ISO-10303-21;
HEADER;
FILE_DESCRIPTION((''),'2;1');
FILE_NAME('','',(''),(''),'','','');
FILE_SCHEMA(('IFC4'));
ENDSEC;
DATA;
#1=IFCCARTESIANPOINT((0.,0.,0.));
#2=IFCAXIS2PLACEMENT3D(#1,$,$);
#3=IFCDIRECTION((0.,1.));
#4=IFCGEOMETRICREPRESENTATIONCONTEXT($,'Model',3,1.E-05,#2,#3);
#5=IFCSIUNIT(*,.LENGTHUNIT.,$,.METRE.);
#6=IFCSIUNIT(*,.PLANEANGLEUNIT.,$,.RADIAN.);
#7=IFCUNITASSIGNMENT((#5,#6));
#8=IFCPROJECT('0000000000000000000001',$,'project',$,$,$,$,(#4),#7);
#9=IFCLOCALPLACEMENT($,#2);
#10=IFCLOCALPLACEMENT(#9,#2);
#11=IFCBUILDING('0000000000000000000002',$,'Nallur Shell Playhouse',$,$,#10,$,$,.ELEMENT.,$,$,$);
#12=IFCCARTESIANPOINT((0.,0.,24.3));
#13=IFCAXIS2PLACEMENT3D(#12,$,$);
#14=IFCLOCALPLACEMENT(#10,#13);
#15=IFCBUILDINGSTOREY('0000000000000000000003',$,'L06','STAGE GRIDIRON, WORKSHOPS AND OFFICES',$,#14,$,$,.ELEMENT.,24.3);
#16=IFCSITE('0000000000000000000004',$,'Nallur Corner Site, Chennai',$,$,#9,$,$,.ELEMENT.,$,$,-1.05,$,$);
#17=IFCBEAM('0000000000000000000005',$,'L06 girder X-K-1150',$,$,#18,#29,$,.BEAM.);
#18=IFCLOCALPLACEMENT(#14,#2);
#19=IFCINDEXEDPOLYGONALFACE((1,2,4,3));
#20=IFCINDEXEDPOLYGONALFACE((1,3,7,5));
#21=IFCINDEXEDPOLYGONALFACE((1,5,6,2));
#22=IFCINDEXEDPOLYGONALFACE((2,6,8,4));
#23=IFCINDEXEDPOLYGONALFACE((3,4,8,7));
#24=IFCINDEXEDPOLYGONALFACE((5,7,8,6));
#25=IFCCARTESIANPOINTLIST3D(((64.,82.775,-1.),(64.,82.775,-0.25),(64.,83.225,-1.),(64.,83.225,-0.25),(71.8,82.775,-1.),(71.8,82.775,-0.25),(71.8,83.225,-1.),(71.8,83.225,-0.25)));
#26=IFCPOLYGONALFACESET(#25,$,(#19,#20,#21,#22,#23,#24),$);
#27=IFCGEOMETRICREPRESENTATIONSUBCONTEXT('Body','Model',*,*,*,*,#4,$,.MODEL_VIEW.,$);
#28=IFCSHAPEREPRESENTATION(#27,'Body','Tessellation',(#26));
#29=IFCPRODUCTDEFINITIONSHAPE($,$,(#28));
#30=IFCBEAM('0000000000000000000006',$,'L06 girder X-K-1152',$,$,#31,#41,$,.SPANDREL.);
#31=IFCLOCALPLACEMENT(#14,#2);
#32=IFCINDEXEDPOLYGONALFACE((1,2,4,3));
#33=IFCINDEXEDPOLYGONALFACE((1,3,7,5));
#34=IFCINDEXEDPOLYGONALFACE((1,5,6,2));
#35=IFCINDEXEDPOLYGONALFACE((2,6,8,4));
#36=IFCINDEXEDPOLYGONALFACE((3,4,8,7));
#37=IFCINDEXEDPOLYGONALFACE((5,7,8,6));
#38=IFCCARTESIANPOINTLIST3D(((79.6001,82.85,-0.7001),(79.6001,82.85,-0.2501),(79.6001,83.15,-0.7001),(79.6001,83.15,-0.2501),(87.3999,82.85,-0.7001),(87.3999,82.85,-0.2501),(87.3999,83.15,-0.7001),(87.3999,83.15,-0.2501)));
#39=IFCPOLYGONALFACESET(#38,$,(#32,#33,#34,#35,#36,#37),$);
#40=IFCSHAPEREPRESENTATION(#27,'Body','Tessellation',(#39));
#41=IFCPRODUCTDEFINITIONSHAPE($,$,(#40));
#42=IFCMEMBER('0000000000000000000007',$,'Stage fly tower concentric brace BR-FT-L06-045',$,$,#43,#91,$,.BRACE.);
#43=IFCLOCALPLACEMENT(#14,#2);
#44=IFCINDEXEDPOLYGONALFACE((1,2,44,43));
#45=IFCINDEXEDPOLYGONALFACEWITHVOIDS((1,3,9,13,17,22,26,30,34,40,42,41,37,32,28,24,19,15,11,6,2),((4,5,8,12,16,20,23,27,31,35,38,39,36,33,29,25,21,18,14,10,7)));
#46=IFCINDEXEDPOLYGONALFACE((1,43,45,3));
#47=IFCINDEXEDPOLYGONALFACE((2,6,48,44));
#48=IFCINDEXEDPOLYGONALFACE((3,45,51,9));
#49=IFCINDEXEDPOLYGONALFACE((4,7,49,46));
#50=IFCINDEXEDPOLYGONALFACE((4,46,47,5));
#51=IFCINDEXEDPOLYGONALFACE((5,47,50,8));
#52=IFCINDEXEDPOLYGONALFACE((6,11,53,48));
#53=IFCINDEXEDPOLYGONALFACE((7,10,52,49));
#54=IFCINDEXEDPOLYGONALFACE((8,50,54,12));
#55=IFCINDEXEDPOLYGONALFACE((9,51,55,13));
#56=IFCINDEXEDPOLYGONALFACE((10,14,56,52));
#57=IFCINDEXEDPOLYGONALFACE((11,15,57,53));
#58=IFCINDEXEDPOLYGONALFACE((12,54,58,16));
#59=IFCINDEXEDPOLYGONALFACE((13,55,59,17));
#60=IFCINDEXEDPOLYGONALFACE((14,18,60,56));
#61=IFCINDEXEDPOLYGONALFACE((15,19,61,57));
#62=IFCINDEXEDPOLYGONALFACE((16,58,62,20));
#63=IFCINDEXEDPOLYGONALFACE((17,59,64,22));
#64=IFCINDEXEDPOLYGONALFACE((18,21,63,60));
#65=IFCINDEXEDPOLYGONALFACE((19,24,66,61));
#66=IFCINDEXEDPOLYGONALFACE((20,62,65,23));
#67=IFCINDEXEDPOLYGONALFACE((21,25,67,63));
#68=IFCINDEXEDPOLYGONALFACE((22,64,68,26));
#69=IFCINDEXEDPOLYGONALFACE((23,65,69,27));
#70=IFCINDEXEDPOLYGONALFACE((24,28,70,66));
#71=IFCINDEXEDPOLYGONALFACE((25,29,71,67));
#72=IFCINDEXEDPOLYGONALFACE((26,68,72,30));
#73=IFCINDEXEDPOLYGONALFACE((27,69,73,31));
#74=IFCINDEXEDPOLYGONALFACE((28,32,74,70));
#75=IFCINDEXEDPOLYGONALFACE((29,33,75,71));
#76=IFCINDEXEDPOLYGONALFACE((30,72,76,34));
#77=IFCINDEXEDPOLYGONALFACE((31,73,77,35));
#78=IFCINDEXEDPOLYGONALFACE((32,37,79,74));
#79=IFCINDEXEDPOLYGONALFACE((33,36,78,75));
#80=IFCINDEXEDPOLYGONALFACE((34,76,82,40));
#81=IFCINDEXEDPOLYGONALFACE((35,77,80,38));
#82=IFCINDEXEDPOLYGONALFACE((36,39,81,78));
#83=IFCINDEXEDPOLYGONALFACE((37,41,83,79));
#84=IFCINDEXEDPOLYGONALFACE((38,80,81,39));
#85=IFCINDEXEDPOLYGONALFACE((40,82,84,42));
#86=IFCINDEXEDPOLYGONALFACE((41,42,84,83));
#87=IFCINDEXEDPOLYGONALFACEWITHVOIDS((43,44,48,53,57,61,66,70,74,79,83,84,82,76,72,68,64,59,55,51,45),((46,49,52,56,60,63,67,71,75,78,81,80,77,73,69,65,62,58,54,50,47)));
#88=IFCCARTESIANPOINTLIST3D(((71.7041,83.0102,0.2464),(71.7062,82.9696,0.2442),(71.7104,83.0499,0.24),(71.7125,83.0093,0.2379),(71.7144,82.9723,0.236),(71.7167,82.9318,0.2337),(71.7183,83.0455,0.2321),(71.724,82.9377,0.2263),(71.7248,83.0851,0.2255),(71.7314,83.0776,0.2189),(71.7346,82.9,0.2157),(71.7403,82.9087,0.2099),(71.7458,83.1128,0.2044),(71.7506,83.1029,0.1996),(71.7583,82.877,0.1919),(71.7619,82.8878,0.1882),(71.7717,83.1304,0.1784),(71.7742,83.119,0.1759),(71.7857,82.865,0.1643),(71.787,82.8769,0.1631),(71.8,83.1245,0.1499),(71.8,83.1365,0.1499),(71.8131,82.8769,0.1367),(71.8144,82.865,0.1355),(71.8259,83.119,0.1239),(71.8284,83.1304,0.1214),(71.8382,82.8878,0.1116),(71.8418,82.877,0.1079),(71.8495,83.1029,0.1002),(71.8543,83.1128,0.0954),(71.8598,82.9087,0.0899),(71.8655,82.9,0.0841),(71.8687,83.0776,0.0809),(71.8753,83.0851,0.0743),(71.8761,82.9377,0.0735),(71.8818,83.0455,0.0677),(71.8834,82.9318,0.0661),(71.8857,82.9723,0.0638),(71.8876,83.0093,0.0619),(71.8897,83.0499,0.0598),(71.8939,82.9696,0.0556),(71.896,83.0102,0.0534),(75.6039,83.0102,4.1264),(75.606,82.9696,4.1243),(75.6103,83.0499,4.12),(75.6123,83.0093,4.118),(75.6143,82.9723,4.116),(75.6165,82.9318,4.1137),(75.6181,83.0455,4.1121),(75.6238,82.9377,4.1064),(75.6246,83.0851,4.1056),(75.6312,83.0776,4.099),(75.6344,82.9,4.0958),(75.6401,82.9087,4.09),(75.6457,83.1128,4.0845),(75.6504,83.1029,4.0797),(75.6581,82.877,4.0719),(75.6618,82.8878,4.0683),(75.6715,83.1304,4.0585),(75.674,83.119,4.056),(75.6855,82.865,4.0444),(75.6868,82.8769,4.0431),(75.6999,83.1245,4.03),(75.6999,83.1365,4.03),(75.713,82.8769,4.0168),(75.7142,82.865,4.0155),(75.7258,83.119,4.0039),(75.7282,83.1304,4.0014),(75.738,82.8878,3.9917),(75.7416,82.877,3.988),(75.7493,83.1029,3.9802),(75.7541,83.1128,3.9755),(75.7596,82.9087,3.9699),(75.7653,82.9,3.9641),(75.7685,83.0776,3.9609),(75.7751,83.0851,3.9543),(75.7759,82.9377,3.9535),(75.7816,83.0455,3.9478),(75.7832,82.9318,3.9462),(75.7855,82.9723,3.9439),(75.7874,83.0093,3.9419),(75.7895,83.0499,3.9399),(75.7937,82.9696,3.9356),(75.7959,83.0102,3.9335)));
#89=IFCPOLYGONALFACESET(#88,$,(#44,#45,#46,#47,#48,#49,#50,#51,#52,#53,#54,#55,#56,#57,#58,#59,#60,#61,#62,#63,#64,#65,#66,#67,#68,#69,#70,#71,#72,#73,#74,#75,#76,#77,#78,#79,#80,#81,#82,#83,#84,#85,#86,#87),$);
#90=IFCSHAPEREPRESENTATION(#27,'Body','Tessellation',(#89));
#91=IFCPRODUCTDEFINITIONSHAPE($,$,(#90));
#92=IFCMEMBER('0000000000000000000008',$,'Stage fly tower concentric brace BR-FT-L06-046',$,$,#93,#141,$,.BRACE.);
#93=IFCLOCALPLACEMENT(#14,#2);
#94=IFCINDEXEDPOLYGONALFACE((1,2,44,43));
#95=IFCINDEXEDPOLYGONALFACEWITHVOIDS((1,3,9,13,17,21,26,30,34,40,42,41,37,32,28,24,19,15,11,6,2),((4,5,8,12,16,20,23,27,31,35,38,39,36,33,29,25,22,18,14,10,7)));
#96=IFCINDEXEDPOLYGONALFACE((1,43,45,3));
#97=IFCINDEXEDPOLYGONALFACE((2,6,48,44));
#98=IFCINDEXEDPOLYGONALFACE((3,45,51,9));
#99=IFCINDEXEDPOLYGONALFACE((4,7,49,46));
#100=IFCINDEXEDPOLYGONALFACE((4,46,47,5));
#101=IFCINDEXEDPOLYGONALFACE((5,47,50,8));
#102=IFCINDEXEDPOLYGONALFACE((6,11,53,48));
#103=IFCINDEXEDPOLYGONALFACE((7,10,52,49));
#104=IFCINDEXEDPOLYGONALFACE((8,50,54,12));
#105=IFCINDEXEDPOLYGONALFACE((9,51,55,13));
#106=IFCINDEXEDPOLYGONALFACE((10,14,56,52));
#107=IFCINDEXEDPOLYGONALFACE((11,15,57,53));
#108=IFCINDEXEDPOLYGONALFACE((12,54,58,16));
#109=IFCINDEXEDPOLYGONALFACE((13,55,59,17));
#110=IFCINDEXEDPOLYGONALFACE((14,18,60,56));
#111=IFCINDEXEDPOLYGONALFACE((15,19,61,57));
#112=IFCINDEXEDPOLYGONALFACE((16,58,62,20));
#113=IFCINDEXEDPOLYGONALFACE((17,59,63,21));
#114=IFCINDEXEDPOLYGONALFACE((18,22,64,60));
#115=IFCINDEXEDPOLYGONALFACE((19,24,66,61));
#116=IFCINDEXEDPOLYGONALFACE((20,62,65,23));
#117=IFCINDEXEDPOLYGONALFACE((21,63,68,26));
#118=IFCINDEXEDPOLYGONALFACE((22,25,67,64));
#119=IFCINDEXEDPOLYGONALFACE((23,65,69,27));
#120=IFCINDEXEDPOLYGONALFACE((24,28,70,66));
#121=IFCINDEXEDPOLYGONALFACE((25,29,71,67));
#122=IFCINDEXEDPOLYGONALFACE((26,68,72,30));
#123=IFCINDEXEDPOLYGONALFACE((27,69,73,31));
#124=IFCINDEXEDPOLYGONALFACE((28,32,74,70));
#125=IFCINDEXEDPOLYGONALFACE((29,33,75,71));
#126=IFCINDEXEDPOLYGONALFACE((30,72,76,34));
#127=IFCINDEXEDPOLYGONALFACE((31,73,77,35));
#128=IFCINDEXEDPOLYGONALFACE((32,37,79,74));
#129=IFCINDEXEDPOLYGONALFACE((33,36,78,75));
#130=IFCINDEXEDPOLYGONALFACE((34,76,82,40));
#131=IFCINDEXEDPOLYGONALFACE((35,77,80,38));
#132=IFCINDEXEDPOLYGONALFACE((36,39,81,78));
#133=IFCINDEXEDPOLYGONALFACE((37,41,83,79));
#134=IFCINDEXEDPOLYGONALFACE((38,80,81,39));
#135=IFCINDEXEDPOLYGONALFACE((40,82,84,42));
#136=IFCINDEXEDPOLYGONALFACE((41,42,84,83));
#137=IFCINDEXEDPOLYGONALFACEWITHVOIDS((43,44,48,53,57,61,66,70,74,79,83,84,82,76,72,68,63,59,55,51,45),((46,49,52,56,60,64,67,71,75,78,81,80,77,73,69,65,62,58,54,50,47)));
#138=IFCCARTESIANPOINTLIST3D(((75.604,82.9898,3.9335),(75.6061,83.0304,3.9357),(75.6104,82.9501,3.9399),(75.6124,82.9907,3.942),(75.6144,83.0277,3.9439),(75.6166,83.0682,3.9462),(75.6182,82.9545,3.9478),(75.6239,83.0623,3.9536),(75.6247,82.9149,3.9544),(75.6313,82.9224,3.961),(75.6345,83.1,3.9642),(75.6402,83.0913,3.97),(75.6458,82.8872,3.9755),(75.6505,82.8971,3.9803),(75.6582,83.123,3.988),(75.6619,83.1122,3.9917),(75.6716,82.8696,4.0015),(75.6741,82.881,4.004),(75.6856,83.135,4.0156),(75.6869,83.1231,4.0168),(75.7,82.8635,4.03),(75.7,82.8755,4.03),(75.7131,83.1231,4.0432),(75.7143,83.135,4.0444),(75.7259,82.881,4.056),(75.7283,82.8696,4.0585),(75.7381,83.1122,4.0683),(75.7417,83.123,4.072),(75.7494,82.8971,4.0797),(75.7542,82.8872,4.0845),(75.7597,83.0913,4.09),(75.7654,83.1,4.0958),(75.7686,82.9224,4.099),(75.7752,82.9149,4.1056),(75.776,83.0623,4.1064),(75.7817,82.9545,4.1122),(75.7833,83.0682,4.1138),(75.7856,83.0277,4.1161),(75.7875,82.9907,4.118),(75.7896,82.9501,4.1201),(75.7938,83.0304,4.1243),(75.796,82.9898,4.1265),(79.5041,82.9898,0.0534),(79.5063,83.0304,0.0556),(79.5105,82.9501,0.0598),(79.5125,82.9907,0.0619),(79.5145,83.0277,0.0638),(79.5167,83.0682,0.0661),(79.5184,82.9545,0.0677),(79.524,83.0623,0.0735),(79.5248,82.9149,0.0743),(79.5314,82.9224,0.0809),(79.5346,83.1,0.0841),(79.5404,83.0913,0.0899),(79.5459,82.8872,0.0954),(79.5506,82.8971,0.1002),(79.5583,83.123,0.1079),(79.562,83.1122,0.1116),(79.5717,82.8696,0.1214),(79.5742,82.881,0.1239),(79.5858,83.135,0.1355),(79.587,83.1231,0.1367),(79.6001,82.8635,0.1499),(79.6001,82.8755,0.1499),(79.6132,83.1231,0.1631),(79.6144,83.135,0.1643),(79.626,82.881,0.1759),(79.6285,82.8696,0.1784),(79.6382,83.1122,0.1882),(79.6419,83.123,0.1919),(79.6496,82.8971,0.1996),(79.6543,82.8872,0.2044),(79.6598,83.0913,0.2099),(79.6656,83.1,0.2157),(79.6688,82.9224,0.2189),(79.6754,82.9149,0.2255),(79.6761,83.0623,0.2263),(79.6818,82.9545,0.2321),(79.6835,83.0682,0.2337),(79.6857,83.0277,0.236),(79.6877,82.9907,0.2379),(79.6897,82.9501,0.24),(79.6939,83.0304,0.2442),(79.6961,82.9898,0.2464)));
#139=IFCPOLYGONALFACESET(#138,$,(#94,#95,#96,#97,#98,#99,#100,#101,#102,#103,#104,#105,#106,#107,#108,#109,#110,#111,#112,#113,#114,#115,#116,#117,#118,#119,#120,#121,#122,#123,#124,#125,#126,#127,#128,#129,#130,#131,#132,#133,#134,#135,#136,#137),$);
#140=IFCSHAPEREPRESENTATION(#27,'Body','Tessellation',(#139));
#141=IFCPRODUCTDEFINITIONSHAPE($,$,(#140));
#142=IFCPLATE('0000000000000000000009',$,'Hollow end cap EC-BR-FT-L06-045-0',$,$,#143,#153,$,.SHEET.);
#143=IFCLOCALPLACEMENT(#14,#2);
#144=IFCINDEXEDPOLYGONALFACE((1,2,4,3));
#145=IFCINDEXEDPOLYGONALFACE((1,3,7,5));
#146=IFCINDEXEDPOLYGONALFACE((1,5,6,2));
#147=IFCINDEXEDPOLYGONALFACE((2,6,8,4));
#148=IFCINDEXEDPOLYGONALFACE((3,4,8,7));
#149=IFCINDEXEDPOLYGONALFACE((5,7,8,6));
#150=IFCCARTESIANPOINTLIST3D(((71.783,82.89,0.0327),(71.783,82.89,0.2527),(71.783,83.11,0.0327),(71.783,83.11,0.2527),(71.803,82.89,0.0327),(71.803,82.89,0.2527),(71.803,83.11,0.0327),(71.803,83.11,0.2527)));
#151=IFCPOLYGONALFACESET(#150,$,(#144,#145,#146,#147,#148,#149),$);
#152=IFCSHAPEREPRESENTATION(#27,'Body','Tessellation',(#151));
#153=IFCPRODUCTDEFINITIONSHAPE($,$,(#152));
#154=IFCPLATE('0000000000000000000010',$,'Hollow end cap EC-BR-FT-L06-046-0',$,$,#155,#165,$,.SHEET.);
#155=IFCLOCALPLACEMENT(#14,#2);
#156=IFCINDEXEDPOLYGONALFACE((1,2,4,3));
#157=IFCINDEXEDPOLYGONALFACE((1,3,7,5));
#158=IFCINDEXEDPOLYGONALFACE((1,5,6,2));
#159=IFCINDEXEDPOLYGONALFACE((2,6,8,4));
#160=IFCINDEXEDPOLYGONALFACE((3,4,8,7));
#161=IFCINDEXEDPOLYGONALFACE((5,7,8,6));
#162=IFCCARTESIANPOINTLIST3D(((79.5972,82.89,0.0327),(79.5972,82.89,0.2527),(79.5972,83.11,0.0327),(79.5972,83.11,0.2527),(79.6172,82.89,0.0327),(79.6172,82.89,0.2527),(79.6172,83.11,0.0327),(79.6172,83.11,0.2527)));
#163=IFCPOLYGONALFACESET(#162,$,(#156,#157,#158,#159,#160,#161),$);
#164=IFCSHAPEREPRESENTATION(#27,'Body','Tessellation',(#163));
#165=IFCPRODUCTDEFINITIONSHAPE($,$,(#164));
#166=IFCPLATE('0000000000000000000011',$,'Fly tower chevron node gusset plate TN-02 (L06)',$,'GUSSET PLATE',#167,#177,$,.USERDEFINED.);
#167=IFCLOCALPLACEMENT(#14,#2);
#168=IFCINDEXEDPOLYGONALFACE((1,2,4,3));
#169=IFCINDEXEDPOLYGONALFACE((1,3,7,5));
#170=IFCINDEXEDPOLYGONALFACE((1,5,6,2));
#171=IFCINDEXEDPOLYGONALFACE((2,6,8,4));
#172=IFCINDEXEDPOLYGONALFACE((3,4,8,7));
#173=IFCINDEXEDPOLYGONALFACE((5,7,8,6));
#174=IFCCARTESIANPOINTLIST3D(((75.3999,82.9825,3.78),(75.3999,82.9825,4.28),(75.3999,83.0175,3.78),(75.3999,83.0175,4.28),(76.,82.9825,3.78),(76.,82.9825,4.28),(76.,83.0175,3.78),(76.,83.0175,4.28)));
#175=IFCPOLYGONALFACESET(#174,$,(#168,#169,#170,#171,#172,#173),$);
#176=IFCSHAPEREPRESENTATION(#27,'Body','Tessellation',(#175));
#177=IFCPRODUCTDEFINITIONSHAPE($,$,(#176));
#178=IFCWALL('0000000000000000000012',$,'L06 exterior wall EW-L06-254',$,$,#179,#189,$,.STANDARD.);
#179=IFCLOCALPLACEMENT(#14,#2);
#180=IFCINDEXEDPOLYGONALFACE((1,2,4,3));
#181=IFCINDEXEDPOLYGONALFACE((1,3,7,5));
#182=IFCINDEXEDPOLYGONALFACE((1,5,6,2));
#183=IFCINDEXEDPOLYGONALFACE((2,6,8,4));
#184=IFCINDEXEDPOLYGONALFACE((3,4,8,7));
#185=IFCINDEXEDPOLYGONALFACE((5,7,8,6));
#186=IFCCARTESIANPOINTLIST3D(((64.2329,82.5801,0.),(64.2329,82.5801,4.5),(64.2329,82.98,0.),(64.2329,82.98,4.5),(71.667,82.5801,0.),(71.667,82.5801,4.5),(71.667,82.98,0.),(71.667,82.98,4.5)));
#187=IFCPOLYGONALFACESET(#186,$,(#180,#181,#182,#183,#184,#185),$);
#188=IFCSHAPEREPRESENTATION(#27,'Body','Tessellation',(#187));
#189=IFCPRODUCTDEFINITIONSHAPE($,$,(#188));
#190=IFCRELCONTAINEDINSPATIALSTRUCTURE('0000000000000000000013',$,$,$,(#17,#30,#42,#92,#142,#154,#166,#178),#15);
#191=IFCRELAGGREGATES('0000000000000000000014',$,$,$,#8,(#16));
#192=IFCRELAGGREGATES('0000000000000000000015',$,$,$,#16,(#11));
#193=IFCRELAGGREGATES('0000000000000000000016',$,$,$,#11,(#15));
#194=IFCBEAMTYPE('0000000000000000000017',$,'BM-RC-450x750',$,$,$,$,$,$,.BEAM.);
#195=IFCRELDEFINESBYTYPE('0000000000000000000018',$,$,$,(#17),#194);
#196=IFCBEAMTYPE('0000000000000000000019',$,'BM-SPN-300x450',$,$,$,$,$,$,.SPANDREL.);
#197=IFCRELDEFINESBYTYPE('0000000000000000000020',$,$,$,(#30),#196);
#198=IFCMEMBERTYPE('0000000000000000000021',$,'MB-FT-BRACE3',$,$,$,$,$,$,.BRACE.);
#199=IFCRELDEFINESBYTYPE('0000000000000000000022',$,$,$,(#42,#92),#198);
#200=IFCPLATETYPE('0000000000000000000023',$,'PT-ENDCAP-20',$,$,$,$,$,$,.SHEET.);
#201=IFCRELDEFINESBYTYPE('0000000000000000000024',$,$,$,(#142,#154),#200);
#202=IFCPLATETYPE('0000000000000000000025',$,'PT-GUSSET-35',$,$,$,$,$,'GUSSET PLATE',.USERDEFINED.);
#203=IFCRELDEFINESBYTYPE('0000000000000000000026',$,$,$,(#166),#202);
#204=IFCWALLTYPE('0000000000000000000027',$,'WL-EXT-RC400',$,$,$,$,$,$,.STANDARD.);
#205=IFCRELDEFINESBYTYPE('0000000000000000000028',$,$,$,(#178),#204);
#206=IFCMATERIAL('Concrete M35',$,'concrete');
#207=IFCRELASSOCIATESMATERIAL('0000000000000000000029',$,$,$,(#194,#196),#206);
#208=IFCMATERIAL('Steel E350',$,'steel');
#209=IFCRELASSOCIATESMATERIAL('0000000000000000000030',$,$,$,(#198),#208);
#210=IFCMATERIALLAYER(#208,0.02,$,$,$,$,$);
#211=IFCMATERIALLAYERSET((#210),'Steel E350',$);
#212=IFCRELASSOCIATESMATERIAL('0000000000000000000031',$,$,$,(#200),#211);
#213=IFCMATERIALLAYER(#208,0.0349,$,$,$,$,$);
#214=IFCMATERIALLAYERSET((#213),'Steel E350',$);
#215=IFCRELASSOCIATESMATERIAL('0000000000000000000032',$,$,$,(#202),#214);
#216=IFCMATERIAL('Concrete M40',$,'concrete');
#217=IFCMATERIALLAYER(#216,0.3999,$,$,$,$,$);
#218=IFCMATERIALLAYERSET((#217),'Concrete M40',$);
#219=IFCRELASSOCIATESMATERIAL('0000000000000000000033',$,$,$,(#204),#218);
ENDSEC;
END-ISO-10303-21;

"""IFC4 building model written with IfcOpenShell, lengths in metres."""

from ifc_helpers import new_model, si_unit, direction, frame, frame_2d, origin, origin_2d, place, context, subcontext, project, spatial, rectangle, hollow_circle, extrude, material, layer, layer_set, material_profile, profile_set, type_object, element, save


model = new_model("IFC4")

# Units and contexts
model_context = context("Model", 3, precision=1e-05, world=origin(), true_north=direction((0.0, 1.0)))
body_context = subcontext(model_context, "Body", "Model", "MODEL_VIEW")
ifc_project = project(units=[si_unit("LENGTHUNIT", "METRE"), si_unit("PLANEANGLEUNIT", "RADIAN")], contexts=[model_context])

# Site, building, storey
site_placement = place(None, origin())
site = spatial("IfcSite", under=ifc_project, at=site_placement, Name="Nallur Corner Site, Chennai", CompositionType="ELEMENT", RefElevation=-1.05)
building_placement = place(site_placement, origin())
building = spatial("IfcBuilding", under=site, at=building_placement, Name="Nallur Shell Playhouse", CompositionType="ELEMENT")
storey_placement = place(building_placement, frame((0.0, 0.0, 24.3)))
storey = spatial("IfcBuildingStorey", under=building, at=storey_placement, Name="L06", Description="STAGE GRIDIRON, WORKSHOPS AND OFFICES", CompositionType="ELEMENT", Elevation=24.3)

# Shared definitions
ifc_material_1 = material(Name="Steel E350", Category="steel")

# Beams
ifc_material_2 = material(Name="Concrete M35", Category="concrete")
ifc_material_profile_1 = material_profile(ifc_material_2, rectangle(XDim=0.45, YDim=0.75, at=origin_2d()), Name="RC 450x750")
ifc_profile_set_1 = profile_set([ifc_material_profile_1], Name="Concrete M35")
beam_type_1 = type_object("IfcBeamType", Name="BM-RC-450x750", PredefinedType="BEAM", material=ifc_profile_set_1)
beam_1_placement = place(storey_placement, frame((64.0, 83.0, -0.625), z_axis=(1.0, 0.0, 0.0), x_axis=(0.0, 1.0, 0.0)))
element("IfcBeam", 1, at=beam_1_placement, inside=storey, type_object=beam_type_1, Name="L06 girder X-K-1150", PredefinedType="BEAM", context=body_context, shape_type="SweptSolid", body=[
    extrude(rectangle(XDim=0.45, YDim=0.75, at=origin_2d()), origin(), (0.0, 0.0, 1.0), 7.8),
])
ifc_material_profile_2 = material_profile(ifc_material_2, rectangle(XDim=0.3, YDim=0.45, at=origin_2d()), Name="RC 300x450")
ifc_profile_set_2 = profile_set([ifc_material_profile_2], Name="Concrete M35")
beam_type_2 = type_object("IfcBeamType", Name="BM-SPN-300x450", PredefinedType="SPANDREL", material=ifc_profile_set_2)
beam_2_placement = place(storey_placement, frame((79.6001, 83.0, -0.4751), z_axis=(1.0, 0.0, 0.0), x_axis=(0.0, 1.0, 0.0)))
element("IfcBeam", 2, at=beam_2_placement, inside=storey, type_object=beam_type_2, Name="L06 girder X-K-1152", PredefinedType="SPANDREL", context=body_context, shape_type="SweptSolid", body=[
    extrude(rectangle(XDim=0.3, YDim=0.45, at=origin_2d()), origin(), (0.0, 0.0, 1.0), 7.7998),
])

# Members
ifc_material_profile_3 = material_profile(ifc_material_1, hollow_circle(Radius=0.1365, WallThickness=0.012, at=origin_2d()), Name="CHS 273.0x12")
ifc_profile_set_3 = profile_set([ifc_material_profile_3], Name="Steel E350")
member_type = type_object("IfcMemberType", Name="MB-FT-BRACE3", PredefinedType="BRACE", material=ifc_profile_set_3)
member_1_placement = place(storey_placement, frame((71.8, 83.0, 0.1499), z_axis=(0.708902, 0.0, 0.705307), x_axis=(0.0, 1.0, 0.0)))
element("IfcMember", 3, at=member_1_placement, inside=storey, type_object=member_type, Name="Stage fly tower concentric brace BR-FT-L06-045", PredefinedType="BRACE", context=body_context, shape_type="SweptSolid", body=[
    extrude(hollow_circle(Radius=0.1365, WallThickness=0.012, at=origin_2d()), origin(), (0.0, 0.0, 1.0), 5.5012),
])
member_2_placement = place(storey_placement, frame((79.6001, 83.0, 0.1499), z_axis=(-0.708924, 0.0, 0.705285), x_axis=(0.0, -1.0, 0.0)))
element("IfcMember", 4, at=member_2_placement, inside=storey, type_object=member_type, Name="Stage fly tower concentric brace BR-FT-L06-046", PredefinedType="BRACE", context=body_context, shape_type="SweptSolid", body=[
    extrude(hollow_circle(Radius=0.1365, WallThickness=0.012, at=origin_2d()), origin(), (0.0, 0.0, 1.0), 5.5015),
])

# Plates
ifc_layer_1 = layer(ifc_material_1, 0.02)
ifc_layer_set_1 = layer_set([ifc_layer_1], Name="Steel E350")
plate_type_1 = type_object("IfcPlateType", Name="PT-ENDCAP-20", PredefinedType="SHEET", material=ifc_layer_set_1)
for number, where, z_axis, x_axis, name in (
    (5, (71.793, 83.0, 0.0327), (0.0, 0.0, 1.0), (1.0, 0.0, 0.0), "Hollow end cap EC-BR-FT-L06-045-0"),
    (6, (79.6072, 83.0, 0.0327), (0.0, 0.0, 1.0), (1.0, 0.0, 0.0), "Hollow end cap EC-BR-FT-L06-046-0"),
):
    element("IfcPlate", number, at=place(storey_placement, frame(where, z_axis=z_axis, x_axis=x_axis)), inside=storey, type_object=plate_type_1, Name=name, PredefinedType="SHEET", context=body_context, shape_type="SweptSolid", body=[
        extrude(rectangle(XDim=0.02, YDim=0.22, at=origin_2d()), origin(), (0.0, 0.0, 1.0), 0.22),
    ])
ifc_layer_2 = layer(ifc_material_1, 0.0349)
ifc_layer_set_2 = layer_set([ifc_layer_2], Name="Steel E350")
plate_type_2 = type_object("IfcPlateType", Name="PT-GUSSET-35", ElementType="GUSSET PLATE", PredefinedType="USERDEFINED", material=ifc_layer_set_2)
plate_placement = place(storey_placement, frame((75.7, 83.0, 3.78), z_axis=(0.0, 0.0, 1.0), x_axis=(1.0, 0.0, 0.0)))
element("IfcPlate", 7, at=plate_placement, inside=storey, type_object=plate_type_2, Name="Fly tower chevron node gusset plate TN-02 (L06)", ObjectType="GUSSET PLATE", PredefinedType="USERDEFINED", context=body_context, shape_type="SweptSolid", body=[
    extrude(rectangle(XDim=0.6001, YDim=0.0349, at=origin_2d()), origin(), (0.0, 0.0, 1.0), 0.5),
])

# Wall
ifc_material_3 = material(Name="Concrete M40", Category="concrete")
ifc_layer_3 = layer(ifc_material_3, 0.3999)
ifc_layer_set_3 = layer_set([ifc_layer_3], Name="Concrete M40")
wall_type_1 = type_object("IfcWallType", Name="WL-EXT-RC400", PredefinedType="STANDARD", material=ifc_layer_set_3)
wall_1_placement = place(storey_placement, frame((64.2329, 82.78, 0.0), z_axis=(0.0, 0.0, 1.0), x_axis=(1.0, 0.0, 0.0)))
element("IfcWall", 8, at=wall_1_placement, inside=storey, type_object=wall_type_1, Name="L06 exterior wall EW-L06-254", PredefinedType="STANDARD", context=body_context, shape_type="SweptSolid", body=[
    extrude(rectangle(XDim=7.4341, YDim=0.3999, at=frame_2d((3.717, 0.0))), origin(), (0.0, 0.0, 1.0), 4.5),
])

save(model, "model.ifc")
